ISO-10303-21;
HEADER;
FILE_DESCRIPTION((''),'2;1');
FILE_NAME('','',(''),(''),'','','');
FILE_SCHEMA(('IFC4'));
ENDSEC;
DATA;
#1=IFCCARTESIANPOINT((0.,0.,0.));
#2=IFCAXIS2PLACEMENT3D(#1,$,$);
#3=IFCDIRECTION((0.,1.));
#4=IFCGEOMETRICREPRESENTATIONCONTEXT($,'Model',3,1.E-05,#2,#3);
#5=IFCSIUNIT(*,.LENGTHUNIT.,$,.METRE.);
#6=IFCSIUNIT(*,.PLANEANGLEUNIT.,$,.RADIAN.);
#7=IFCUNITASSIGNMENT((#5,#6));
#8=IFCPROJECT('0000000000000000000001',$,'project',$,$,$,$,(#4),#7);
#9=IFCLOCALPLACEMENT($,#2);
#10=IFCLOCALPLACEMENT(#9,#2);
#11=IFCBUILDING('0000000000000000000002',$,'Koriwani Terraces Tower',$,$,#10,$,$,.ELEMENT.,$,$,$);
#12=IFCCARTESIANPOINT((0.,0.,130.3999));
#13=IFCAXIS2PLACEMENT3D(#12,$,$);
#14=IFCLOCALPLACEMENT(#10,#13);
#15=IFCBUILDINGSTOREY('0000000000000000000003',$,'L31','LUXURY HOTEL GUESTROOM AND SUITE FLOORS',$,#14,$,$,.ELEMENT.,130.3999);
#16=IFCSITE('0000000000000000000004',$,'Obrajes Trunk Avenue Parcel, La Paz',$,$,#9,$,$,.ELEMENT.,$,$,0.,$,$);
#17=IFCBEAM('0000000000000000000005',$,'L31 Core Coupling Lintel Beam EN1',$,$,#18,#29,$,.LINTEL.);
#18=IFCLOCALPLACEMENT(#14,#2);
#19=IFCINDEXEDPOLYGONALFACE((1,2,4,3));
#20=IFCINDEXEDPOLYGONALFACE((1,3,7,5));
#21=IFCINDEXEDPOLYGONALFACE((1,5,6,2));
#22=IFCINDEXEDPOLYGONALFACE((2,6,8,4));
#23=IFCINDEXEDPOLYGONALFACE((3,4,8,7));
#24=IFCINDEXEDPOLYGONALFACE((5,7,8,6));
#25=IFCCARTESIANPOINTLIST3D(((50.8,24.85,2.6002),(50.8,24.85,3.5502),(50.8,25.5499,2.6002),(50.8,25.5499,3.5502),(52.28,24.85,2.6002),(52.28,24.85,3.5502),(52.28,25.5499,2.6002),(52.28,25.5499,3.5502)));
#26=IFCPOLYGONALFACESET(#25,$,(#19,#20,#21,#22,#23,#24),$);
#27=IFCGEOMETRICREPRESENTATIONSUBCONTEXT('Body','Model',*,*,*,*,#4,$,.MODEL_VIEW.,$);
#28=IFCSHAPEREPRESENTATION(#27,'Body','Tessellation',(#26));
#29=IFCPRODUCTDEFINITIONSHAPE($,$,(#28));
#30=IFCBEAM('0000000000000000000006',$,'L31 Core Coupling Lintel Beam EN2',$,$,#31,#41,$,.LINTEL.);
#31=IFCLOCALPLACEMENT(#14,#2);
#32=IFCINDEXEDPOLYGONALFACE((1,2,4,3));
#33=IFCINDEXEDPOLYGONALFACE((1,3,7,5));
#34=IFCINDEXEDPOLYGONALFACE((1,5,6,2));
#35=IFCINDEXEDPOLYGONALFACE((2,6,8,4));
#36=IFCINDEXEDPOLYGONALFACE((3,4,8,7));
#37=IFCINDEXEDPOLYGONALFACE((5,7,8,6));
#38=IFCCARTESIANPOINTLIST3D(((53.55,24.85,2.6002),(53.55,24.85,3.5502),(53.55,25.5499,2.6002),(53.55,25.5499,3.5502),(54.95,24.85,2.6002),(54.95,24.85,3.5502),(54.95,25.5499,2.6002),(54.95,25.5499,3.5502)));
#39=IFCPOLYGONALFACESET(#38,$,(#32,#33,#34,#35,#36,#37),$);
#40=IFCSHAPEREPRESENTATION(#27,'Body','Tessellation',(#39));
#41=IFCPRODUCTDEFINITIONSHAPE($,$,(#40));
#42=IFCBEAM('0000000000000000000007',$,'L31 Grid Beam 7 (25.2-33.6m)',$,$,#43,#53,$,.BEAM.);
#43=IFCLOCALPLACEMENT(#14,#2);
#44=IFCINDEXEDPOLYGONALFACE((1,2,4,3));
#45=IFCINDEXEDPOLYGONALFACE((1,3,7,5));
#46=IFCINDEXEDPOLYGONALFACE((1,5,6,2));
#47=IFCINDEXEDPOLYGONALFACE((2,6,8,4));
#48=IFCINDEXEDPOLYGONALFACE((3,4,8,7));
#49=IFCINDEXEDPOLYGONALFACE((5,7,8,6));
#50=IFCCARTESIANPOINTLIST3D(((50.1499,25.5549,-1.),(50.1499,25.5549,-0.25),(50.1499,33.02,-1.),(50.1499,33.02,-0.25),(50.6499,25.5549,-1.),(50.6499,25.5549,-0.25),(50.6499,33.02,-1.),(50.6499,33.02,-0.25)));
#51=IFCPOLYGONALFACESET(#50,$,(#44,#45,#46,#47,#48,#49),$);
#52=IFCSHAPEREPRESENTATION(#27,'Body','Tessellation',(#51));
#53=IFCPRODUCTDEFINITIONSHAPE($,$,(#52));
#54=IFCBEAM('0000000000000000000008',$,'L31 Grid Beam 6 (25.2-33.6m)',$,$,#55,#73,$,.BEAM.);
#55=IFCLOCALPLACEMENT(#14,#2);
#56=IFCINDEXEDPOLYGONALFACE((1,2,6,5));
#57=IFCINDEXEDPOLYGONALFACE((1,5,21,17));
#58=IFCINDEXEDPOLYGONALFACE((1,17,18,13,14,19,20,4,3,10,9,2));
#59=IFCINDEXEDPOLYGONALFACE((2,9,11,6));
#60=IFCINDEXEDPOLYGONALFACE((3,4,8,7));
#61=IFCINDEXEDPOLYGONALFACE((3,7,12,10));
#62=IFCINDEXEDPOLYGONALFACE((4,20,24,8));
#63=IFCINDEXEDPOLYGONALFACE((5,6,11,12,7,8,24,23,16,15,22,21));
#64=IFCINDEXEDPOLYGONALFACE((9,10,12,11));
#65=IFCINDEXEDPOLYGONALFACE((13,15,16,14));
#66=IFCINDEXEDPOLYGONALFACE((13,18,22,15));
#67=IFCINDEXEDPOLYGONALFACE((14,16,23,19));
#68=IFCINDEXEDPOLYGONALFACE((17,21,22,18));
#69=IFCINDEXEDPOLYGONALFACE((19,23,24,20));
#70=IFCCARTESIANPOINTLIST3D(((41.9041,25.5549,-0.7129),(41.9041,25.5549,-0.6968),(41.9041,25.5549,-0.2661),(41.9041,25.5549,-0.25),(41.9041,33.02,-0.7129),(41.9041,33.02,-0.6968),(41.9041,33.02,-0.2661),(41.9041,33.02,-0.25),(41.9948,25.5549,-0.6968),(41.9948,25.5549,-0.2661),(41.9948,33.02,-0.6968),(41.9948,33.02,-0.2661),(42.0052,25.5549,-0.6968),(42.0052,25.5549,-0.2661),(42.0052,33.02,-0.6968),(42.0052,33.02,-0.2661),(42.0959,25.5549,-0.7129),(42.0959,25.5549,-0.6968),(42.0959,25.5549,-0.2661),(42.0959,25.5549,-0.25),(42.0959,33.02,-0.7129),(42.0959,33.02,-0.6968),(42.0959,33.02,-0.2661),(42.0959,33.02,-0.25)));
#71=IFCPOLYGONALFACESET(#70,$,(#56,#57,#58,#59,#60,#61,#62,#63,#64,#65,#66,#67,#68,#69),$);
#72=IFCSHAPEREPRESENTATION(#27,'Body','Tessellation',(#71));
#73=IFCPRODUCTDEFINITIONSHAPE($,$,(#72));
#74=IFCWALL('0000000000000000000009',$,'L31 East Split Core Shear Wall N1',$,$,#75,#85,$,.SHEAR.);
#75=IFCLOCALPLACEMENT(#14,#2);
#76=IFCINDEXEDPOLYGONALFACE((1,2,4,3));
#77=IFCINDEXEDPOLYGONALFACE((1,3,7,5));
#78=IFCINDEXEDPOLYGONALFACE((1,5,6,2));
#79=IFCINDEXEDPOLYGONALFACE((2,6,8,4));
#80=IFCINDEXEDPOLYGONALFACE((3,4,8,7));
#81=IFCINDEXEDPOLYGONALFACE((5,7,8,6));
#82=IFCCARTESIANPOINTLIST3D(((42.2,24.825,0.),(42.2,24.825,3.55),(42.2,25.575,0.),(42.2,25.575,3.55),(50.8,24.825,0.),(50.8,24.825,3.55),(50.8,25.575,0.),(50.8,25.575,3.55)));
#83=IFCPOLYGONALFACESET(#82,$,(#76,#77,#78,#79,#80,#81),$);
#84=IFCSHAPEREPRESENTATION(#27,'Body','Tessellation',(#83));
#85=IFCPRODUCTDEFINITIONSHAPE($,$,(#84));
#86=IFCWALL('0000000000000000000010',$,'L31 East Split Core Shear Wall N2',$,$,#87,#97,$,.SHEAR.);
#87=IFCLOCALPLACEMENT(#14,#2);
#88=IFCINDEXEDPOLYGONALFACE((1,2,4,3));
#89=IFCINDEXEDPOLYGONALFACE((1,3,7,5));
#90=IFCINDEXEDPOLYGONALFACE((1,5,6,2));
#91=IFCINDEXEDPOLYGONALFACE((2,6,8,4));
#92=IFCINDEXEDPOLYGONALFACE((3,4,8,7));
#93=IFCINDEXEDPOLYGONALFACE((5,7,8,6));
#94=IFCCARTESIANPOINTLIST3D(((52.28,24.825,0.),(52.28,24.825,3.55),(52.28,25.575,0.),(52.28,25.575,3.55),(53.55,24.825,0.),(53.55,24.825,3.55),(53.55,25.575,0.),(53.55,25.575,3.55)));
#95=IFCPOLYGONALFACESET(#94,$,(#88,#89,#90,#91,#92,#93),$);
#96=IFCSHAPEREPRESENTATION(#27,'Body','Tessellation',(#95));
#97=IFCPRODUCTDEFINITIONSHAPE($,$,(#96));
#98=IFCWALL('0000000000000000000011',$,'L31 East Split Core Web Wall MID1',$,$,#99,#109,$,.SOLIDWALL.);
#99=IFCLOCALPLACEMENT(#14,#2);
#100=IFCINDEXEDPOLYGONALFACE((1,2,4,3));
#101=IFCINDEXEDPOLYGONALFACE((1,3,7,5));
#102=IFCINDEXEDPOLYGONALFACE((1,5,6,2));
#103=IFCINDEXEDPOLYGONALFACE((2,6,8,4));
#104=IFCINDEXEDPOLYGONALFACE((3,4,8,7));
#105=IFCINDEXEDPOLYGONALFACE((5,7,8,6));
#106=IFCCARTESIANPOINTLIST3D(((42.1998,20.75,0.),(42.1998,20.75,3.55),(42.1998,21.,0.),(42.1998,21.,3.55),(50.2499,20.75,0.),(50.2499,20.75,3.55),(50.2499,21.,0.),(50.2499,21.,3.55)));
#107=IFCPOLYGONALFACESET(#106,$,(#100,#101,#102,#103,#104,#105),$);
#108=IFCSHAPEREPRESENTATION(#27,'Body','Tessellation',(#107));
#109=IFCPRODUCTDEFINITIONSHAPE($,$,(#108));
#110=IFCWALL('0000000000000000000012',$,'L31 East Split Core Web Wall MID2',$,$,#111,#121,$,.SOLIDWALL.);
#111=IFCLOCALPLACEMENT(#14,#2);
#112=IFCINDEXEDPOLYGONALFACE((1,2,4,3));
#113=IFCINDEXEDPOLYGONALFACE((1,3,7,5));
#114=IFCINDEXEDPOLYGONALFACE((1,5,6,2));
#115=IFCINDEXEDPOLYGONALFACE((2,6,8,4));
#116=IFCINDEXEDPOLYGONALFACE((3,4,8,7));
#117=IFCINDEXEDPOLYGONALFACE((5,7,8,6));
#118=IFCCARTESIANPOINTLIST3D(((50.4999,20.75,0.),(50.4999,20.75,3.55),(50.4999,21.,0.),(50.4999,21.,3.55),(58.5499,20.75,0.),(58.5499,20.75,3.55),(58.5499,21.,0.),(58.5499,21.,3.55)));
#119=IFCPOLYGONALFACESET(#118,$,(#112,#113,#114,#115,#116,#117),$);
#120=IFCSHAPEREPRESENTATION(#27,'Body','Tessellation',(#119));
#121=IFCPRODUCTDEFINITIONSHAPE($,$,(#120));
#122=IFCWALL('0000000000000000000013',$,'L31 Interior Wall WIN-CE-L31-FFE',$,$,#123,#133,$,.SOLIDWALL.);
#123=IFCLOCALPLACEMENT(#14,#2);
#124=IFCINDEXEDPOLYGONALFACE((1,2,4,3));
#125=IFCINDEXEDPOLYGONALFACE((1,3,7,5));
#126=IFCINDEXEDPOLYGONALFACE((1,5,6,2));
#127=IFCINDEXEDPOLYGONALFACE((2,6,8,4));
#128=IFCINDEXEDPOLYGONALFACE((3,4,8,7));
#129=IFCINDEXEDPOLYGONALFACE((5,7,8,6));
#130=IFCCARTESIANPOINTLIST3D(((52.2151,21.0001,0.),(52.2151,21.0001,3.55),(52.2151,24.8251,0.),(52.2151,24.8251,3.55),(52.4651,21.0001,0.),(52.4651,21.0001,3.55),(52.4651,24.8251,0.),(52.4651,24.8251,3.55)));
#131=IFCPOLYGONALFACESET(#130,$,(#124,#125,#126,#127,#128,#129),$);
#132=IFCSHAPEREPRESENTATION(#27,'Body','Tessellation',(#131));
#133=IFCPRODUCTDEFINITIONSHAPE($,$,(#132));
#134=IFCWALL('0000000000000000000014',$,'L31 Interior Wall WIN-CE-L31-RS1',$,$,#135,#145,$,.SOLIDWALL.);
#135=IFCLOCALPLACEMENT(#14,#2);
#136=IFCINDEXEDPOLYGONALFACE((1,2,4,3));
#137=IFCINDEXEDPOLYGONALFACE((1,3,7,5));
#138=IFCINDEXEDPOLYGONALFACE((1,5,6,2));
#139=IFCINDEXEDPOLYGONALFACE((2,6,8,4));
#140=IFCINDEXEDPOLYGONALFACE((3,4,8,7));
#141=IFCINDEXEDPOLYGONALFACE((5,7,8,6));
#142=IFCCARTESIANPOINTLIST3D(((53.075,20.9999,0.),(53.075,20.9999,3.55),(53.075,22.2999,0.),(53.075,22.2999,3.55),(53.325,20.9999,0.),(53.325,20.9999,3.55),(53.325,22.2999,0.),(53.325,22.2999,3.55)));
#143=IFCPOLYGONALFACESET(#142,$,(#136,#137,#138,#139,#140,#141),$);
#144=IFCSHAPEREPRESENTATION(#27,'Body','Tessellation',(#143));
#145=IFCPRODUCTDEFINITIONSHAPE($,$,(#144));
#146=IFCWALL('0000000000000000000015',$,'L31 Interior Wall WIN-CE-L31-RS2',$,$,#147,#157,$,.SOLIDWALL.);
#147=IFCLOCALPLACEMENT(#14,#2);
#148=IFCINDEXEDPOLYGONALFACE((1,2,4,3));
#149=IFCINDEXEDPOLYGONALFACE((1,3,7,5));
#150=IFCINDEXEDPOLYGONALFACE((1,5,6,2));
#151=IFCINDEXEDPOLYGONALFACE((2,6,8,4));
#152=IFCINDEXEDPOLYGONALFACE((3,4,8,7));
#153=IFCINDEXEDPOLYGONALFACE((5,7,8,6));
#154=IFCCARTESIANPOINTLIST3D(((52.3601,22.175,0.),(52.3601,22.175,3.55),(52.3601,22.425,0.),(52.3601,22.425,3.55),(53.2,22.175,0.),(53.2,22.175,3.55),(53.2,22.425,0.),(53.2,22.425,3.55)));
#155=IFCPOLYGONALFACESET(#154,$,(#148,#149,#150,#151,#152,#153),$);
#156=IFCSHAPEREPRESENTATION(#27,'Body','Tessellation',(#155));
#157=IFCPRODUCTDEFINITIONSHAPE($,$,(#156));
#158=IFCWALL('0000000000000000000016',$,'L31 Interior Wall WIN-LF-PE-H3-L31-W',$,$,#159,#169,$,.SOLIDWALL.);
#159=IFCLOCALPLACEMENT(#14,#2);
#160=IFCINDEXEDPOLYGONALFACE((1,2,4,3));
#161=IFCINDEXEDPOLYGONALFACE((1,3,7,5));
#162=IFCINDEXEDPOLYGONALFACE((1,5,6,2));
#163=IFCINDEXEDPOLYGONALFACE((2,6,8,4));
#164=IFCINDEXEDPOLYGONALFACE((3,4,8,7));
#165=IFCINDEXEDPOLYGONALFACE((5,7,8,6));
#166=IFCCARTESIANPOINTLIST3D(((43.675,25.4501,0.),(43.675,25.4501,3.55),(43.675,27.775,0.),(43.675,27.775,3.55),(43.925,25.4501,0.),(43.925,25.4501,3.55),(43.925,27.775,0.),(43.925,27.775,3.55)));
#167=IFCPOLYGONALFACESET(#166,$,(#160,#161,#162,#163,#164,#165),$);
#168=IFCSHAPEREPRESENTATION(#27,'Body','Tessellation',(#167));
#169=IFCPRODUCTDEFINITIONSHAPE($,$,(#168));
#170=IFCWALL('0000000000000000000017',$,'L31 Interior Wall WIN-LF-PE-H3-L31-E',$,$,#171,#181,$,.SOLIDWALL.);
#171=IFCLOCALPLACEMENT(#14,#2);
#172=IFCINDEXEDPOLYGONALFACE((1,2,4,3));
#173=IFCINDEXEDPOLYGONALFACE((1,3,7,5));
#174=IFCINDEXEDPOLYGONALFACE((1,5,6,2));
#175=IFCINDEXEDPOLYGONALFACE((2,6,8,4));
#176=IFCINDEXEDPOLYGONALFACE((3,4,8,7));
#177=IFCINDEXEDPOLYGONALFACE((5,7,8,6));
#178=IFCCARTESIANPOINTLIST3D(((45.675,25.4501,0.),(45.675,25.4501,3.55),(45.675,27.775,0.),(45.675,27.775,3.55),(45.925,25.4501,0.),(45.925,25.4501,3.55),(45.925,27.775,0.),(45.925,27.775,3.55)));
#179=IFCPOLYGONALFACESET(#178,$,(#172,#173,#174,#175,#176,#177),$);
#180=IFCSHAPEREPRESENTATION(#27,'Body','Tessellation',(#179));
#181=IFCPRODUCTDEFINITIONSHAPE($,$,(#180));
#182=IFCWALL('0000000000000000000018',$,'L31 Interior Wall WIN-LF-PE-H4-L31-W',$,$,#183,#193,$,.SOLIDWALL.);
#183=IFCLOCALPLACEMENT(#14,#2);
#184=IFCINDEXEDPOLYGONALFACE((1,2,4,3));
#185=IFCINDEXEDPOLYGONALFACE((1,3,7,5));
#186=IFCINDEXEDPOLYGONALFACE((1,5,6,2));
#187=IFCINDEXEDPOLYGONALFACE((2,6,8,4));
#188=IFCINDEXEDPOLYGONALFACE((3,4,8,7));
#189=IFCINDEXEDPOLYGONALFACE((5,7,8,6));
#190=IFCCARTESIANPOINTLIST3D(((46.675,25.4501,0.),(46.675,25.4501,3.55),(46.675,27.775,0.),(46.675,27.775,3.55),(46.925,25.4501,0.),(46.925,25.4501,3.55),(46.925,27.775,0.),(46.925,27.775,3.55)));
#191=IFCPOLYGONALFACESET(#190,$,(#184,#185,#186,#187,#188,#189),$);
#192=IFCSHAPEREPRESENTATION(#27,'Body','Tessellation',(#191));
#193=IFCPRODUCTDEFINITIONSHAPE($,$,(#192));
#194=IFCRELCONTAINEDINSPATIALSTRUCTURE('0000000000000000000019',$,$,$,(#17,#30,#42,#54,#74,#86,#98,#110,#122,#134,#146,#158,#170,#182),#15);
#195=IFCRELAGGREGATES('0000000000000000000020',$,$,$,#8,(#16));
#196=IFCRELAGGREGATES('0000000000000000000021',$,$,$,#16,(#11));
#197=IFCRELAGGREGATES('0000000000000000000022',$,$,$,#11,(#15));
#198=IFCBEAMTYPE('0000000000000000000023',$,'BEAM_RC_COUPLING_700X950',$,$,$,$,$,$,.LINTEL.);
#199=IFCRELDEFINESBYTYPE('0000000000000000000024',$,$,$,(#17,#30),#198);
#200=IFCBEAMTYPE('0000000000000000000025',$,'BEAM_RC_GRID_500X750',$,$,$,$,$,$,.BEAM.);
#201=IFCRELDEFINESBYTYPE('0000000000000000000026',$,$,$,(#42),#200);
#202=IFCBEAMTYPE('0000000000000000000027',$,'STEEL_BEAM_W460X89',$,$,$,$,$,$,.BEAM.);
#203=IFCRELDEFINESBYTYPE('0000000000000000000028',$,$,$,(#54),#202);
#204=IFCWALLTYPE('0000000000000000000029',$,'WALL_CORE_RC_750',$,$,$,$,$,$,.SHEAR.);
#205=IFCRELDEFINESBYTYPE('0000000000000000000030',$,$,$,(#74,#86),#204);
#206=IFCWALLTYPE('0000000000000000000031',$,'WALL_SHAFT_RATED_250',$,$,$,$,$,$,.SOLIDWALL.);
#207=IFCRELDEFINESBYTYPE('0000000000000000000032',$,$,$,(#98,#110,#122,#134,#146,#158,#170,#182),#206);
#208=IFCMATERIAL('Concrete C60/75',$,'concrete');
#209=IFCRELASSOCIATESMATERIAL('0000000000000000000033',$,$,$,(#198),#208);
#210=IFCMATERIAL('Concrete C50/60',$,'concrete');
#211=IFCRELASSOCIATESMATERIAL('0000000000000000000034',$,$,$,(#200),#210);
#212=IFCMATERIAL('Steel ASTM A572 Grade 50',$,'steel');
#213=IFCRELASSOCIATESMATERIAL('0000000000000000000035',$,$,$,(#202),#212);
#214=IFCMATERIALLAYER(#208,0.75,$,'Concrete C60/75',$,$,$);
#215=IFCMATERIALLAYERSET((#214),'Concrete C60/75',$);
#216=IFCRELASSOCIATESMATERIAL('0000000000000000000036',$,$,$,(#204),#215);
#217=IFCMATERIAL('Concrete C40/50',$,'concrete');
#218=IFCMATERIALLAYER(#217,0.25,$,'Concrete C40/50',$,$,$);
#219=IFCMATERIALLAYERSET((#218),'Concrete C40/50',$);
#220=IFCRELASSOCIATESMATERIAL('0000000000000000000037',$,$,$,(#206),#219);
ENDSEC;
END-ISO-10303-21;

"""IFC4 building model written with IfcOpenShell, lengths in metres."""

from ifc_helpers import new_model, si_unit, direction, frame, frame_2d, origin, origin_2d, place, context, subcontext, project, spatial, rectangle, i_section, extrude, material, layer, layer_set, material_profile, profile_set, type_object, element, save


model = new_model("IFC4")

# Units and contexts
model_context = context("Model", 3, precision=1e-05, world=origin(), true_north=direction((0.0, 1.0)))
body_context = subcontext(model_context, "Body", "Model", "MODEL_VIEW")
ifc_project = project(units=[si_unit("LENGTHUNIT", "METRE"), si_unit("PLANEANGLEUNIT", "RADIAN")], contexts=[model_context])

# Site, building, storey
site_placement = place(None, origin())
site = spatial("IfcSite", under=ifc_project, at=site_placement, Name="Obrajes Trunk Avenue Parcel, La Paz", CompositionType="ELEMENT", RefElevation=0.0)
building_placement = place(site_placement, origin())
building = spatial("IfcBuilding", under=site, at=building_placement, Name="Koriwani Terraces Tower", CompositionType="ELEMENT")
storey_placement = place(building_placement, frame((0.0, 0.0, 130.3999)))
storey = spatial("IfcBuildingStorey", under=building, at=storey_placement, Name="L31", Description="LUXURY HOTEL GUESTROOM AND SUITE FLOORS", CompositionType="ELEMENT", Elevation=130.3999)

# Beams
ifc_material_1 = material(Name="Concrete C60/75", Category="concrete")
ifc_material_profile_1 = material_profile(ifc_material_1, rectangle(XDim=0.7, YDim=0.95, at=origin_2d()), Name="Concrete C60/75", Category="LoadBearing")
ifc_profile_set_1 = profile_set([ifc_material_profile_1], Name="Concrete C60/75")
beam_type_1 = type_object("IfcBeamType", Name="BEAM_RC_COUPLING_700X950", PredefinedType="LINTEL", material=ifc_profile_set_1)
beam_1_placement = place(storey_placement, frame((50.8, 25.2, 3.0752), z_axis=(1.0, 0.0, 0.0), x_axis=(0.0, 1.0, 0.0)))
element("IfcBeam", 1, at=beam_1_placement, inside=storey, type_object=beam_type_1, Name="L31 Core Coupling Lintel Beam EN1", PredefinedType="LINTEL", context=body_context, shape_type="SweptSolid", body=[
    extrude(rectangle(XDim=0.7, YDim=0.95, at=origin_2d()), origin(), (0.0, 0.0, 1.0), 1.48),
])
beam_2_placement = place(storey_placement, frame((53.55, 25.2, 3.0752), z_axis=(1.0, 0.0, 0.0), x_axis=(0.0, 1.0, 0.0)))
element("IfcBeam", 2, at=beam_2_placement, inside=storey, type_object=beam_type_1, Name="L31 Core Coupling Lintel Beam EN2", PredefinedType="LINTEL", context=body_context, shape_type="SweptSolid", body=[
    extrude(rectangle(XDim=0.7, YDim=0.95, at=origin_2d()), origin(), (0.0, 0.0, 1.0), 1.3999),
])
ifc_material_2 = material(Name="Concrete C50/60", Category="concrete")
ifc_material_profile_2 = material_profile(ifc_material_2, rectangle(XDim=0.5, YDim=0.75, at=origin_2d()), Name="Concrete C50/60", Category="LoadBearing")
ifc_profile_set_2 = profile_set([ifc_material_profile_2], Name="Concrete C50/60")
beam_type_2 = type_object("IfcBeamType", Name="BEAM_RC_GRID_500X750", PredefinedType="BEAM", material=ifc_profile_set_2)
beam_3_placement = place(storey_placement, frame((50.3999, 25.5549, -0.625), z_axis=(0.0, 1.0, 0.0), x_axis=(-1.0, 0.0, 0.0)))
element("IfcBeam", 3, at=beam_3_placement, inside=storey, type_object=beam_type_2, Name="L31 Grid Beam 7 (25.2-33.6m)", PredefinedType="BEAM", context=body_context, shape_type="SweptSolid", body=[
    extrude(rectangle(XDim=0.5, YDim=0.75, at=origin_2d()), origin(), (0.0, 0.0, 1.0), 7.4651),
])
ifc_material_3 = material(Name="Steel ASTM A572 Grade 50", Category="steel")
ifc_material_profile_3 = material_profile(ifc_material_3, i_section(OverallWidth=0.1919, OverallDepth=0.4629, WebThickness=0.0105, FlangeThickness=0.0161, at=origin_2d()), Name="Steel ASTM A572 Grade 50", Category="LoadBearing")
ifc_profile_set_3 = profile_set([ifc_material_profile_3], Name="Steel ASTM A572 Grade 50")
beam_type_3 = type_object("IfcBeamType", Name="STEEL_BEAM_W460X89", PredefinedType="BEAM", material=ifc_profile_set_3)
beam_4_placement = place(storey_placement, frame((42.0, 25.5549, -0.4814), z_axis=(0.0, 1.0, 0.0), x_axis=(-1.0, 0.0, 0.0)))
element("IfcBeam", 4, at=beam_4_placement, inside=storey, type_object=beam_type_3, Name="L31 Grid Beam 6 (25.2-33.6m)", PredefinedType="BEAM", context=body_context, shape_type="SweptSolid", body=[
    extrude(i_section(OverallWidth=0.1919, OverallDepth=0.4629, WebThickness=0.0105, FlangeThickness=0.0161, at=origin_2d()), origin(), (0.0, 0.0, 1.0), 7.4651),
])

# Walls
ifc_layer_1 = layer(ifc_material_1, 0.75, Name="Concrete C60/75")
ifc_layer_set_1 = layer_set([ifc_layer_1], Name="Concrete C60/75")
wall_type_1 = type_object("IfcWallType", Name="WALL_CORE_RC_750", PredefinedType="SHEAR", material=ifc_layer_set_1)
wall_1_placement = place(storey_placement, frame((42.2, 25.2, 0.0), z_axis=(0.0, 0.0, 1.0), x_axis=(1.0, 0.0, 0.0)))
element("IfcWall", 5, at=wall_1_placement, inside=storey, type_object=wall_type_1, Name="L31 East Split Core Shear Wall N1", PredefinedType="SHEAR", context=body_context, shape_type="SweptSolid", body=[
    extrude(rectangle(XDim=8.6001, YDim=0.75, at=frame_2d((4.3, 0.0))), origin(), (0.0, 0.0, 1.0), 3.55),
])
wall_2_placement = place(storey_placement, frame((52.28, 25.2, 0.0), z_axis=(0.0, 0.0, 1.0), x_axis=(1.0, 0.0, 0.0)))
element("IfcWall", 6, at=wall_2_placement, inside=storey, type_object=wall_type_1, Name="L31 East Split Core Shear Wall N2", PredefinedType="SHEAR", context=body_context, shape_type="SweptSolid", body=[
    extrude(rectangle(XDim=1.27, YDim=0.75, at=frame_2d((0.635, 0.0))), origin(), (0.0, 0.0, 1.0), 3.55),
])
ifc_material_4 = material(Name="Concrete C40/50", Category="concrete")
ifc_layer_2 = layer(ifc_material_4, 0.25, Name="Concrete C40/50")
ifc_layer_set_2 = layer_set([ifc_layer_2], Name="Concrete C40/50")
wall_type_2 = type_object("IfcWallType", Name="WALL_SHAFT_RATED_250", PredefinedType="SOLIDWALL", material=ifc_layer_set_2)
for number, where, z_axis, x_axis, name in (
    (7, (42.2, 20.875, 0.0), (0.0, 0.0, 1.0), (1.0, 0.0, 0.0), "L31 East Split Core Web Wall MID1"),
    (8, (50.5, 20.875, 0.0), (0.0, 0.0, 1.0), (1.0, 0.0, 0.0), "L31 East Split Core Web Wall MID2"),
):
    element("IfcWall", number, at=place(storey_placement, frame(where, z_axis=z_axis, x_axis=x_axis)), inside=storey, type_object=wall_type_2, Name=name, PredefinedType="SOLIDWALL", context=body_context, shape_type="SweptSolid", body=[
        extrude(rectangle(XDim=8.05, YDim=0.25, at=frame_2d((4.0249, 0.0))), origin(), (0.0, 0.0, 1.0), 3.55),
    ])

# Wall
wall_3_placement = place(storey_placement, frame((52.3401, 21.0, 0.0), z_axis=(0.0, 0.0, 1.0), x_axis=(0.0, 1.0, 0.0)))
element("IfcWall", 9, at=wall_3_placement, inside=storey, type_object=wall_type_2, Name="L31 Interior Wall WIN-CE-L31-FFE", PredefinedType="SOLIDWALL", context=body_context, shape_type="SweptSolid", body=[
    extrude(rectangle(XDim=3.825, YDim=0.25, at=frame_2d((1.9126, 0.0))), origin(), (0.0, 0.0, 1.0), 3.55),
])

# Walls
wall_4_placement = place(storey_placement, frame((53.2, 21.0, 0.0), z_axis=(0.0, 0.0, 1.0), x_axis=(0.0, 1.0, 0.0)))
element("IfcWall", 10, at=wall_4_placement, inside=storey, type_object=wall_type_2, Name="L31 Interior Wall WIN-CE-L31-RS1", PredefinedType="SOLIDWALL", context=body_context, shape_type="SweptSolid", body=[
    extrude(rectangle(XDim=1.3, YDim=0.25, at=frame_2d((0.6499, 0.0))), origin(), (0.0, 0.0, 1.0), 3.55),
])
wall_5_placement = place(storey_placement, frame((52.3601, 22.3, 0.0), z_axis=(0.0, 0.0, 1.0), x_axis=(1.0, 0.0, 0.0)))
element("IfcWall", 11, at=wall_5_placement, inside=storey, type_object=wall_type_2, Name="L31 Interior Wall WIN-CE-L31-RS2", PredefinedType="SOLIDWALL", context=body_context, shape_type="SweptSolid", body=[
    extrude(rectangle(XDim=0.8398, YDim=0.25, at=frame_2d((0.4199, 0.0))), origin(), (0.0, 0.0, 1.0), 3.55),
])
for number, where, z_axis, x_axis, name in (
    (12, (43.8, 25.45, 0.0), (0.0, 0.0, 1.0), (0.0, 1.0, 0.0), "L31 Interior Wall WIN-LF-PE-H3-L31-W"),
    (13, (45.8, 25.45, 0.0), (0.0, 0.0, 1.0), (0.0, 1.0, 0.0), "L31 Interior Wall WIN-LF-PE-H3-L31-E"),
    (14, (46.8, 25.45, 0.0), (0.0, 0.0, 1.0), (0.0, 1.0, 0.0), "L31 Interior Wall WIN-LF-PE-H4-L31-W"),
):
    element("IfcWall", number, at=place(storey_placement, frame(where, z_axis=z_axis, x_axis=x_axis)), inside=storey, type_object=wall_type_2, Name=name, PredefinedType="SOLIDWALL", context=body_context, shape_type="SweptSolid", body=[
        extrude(rectangle(XDim=2.325, YDim=0.25, at=frame_2d((1.1626, 0.0))), origin(), (0.0, 0.0, 1.0), 3.55),
    ])

save(model, "model.ifc")
